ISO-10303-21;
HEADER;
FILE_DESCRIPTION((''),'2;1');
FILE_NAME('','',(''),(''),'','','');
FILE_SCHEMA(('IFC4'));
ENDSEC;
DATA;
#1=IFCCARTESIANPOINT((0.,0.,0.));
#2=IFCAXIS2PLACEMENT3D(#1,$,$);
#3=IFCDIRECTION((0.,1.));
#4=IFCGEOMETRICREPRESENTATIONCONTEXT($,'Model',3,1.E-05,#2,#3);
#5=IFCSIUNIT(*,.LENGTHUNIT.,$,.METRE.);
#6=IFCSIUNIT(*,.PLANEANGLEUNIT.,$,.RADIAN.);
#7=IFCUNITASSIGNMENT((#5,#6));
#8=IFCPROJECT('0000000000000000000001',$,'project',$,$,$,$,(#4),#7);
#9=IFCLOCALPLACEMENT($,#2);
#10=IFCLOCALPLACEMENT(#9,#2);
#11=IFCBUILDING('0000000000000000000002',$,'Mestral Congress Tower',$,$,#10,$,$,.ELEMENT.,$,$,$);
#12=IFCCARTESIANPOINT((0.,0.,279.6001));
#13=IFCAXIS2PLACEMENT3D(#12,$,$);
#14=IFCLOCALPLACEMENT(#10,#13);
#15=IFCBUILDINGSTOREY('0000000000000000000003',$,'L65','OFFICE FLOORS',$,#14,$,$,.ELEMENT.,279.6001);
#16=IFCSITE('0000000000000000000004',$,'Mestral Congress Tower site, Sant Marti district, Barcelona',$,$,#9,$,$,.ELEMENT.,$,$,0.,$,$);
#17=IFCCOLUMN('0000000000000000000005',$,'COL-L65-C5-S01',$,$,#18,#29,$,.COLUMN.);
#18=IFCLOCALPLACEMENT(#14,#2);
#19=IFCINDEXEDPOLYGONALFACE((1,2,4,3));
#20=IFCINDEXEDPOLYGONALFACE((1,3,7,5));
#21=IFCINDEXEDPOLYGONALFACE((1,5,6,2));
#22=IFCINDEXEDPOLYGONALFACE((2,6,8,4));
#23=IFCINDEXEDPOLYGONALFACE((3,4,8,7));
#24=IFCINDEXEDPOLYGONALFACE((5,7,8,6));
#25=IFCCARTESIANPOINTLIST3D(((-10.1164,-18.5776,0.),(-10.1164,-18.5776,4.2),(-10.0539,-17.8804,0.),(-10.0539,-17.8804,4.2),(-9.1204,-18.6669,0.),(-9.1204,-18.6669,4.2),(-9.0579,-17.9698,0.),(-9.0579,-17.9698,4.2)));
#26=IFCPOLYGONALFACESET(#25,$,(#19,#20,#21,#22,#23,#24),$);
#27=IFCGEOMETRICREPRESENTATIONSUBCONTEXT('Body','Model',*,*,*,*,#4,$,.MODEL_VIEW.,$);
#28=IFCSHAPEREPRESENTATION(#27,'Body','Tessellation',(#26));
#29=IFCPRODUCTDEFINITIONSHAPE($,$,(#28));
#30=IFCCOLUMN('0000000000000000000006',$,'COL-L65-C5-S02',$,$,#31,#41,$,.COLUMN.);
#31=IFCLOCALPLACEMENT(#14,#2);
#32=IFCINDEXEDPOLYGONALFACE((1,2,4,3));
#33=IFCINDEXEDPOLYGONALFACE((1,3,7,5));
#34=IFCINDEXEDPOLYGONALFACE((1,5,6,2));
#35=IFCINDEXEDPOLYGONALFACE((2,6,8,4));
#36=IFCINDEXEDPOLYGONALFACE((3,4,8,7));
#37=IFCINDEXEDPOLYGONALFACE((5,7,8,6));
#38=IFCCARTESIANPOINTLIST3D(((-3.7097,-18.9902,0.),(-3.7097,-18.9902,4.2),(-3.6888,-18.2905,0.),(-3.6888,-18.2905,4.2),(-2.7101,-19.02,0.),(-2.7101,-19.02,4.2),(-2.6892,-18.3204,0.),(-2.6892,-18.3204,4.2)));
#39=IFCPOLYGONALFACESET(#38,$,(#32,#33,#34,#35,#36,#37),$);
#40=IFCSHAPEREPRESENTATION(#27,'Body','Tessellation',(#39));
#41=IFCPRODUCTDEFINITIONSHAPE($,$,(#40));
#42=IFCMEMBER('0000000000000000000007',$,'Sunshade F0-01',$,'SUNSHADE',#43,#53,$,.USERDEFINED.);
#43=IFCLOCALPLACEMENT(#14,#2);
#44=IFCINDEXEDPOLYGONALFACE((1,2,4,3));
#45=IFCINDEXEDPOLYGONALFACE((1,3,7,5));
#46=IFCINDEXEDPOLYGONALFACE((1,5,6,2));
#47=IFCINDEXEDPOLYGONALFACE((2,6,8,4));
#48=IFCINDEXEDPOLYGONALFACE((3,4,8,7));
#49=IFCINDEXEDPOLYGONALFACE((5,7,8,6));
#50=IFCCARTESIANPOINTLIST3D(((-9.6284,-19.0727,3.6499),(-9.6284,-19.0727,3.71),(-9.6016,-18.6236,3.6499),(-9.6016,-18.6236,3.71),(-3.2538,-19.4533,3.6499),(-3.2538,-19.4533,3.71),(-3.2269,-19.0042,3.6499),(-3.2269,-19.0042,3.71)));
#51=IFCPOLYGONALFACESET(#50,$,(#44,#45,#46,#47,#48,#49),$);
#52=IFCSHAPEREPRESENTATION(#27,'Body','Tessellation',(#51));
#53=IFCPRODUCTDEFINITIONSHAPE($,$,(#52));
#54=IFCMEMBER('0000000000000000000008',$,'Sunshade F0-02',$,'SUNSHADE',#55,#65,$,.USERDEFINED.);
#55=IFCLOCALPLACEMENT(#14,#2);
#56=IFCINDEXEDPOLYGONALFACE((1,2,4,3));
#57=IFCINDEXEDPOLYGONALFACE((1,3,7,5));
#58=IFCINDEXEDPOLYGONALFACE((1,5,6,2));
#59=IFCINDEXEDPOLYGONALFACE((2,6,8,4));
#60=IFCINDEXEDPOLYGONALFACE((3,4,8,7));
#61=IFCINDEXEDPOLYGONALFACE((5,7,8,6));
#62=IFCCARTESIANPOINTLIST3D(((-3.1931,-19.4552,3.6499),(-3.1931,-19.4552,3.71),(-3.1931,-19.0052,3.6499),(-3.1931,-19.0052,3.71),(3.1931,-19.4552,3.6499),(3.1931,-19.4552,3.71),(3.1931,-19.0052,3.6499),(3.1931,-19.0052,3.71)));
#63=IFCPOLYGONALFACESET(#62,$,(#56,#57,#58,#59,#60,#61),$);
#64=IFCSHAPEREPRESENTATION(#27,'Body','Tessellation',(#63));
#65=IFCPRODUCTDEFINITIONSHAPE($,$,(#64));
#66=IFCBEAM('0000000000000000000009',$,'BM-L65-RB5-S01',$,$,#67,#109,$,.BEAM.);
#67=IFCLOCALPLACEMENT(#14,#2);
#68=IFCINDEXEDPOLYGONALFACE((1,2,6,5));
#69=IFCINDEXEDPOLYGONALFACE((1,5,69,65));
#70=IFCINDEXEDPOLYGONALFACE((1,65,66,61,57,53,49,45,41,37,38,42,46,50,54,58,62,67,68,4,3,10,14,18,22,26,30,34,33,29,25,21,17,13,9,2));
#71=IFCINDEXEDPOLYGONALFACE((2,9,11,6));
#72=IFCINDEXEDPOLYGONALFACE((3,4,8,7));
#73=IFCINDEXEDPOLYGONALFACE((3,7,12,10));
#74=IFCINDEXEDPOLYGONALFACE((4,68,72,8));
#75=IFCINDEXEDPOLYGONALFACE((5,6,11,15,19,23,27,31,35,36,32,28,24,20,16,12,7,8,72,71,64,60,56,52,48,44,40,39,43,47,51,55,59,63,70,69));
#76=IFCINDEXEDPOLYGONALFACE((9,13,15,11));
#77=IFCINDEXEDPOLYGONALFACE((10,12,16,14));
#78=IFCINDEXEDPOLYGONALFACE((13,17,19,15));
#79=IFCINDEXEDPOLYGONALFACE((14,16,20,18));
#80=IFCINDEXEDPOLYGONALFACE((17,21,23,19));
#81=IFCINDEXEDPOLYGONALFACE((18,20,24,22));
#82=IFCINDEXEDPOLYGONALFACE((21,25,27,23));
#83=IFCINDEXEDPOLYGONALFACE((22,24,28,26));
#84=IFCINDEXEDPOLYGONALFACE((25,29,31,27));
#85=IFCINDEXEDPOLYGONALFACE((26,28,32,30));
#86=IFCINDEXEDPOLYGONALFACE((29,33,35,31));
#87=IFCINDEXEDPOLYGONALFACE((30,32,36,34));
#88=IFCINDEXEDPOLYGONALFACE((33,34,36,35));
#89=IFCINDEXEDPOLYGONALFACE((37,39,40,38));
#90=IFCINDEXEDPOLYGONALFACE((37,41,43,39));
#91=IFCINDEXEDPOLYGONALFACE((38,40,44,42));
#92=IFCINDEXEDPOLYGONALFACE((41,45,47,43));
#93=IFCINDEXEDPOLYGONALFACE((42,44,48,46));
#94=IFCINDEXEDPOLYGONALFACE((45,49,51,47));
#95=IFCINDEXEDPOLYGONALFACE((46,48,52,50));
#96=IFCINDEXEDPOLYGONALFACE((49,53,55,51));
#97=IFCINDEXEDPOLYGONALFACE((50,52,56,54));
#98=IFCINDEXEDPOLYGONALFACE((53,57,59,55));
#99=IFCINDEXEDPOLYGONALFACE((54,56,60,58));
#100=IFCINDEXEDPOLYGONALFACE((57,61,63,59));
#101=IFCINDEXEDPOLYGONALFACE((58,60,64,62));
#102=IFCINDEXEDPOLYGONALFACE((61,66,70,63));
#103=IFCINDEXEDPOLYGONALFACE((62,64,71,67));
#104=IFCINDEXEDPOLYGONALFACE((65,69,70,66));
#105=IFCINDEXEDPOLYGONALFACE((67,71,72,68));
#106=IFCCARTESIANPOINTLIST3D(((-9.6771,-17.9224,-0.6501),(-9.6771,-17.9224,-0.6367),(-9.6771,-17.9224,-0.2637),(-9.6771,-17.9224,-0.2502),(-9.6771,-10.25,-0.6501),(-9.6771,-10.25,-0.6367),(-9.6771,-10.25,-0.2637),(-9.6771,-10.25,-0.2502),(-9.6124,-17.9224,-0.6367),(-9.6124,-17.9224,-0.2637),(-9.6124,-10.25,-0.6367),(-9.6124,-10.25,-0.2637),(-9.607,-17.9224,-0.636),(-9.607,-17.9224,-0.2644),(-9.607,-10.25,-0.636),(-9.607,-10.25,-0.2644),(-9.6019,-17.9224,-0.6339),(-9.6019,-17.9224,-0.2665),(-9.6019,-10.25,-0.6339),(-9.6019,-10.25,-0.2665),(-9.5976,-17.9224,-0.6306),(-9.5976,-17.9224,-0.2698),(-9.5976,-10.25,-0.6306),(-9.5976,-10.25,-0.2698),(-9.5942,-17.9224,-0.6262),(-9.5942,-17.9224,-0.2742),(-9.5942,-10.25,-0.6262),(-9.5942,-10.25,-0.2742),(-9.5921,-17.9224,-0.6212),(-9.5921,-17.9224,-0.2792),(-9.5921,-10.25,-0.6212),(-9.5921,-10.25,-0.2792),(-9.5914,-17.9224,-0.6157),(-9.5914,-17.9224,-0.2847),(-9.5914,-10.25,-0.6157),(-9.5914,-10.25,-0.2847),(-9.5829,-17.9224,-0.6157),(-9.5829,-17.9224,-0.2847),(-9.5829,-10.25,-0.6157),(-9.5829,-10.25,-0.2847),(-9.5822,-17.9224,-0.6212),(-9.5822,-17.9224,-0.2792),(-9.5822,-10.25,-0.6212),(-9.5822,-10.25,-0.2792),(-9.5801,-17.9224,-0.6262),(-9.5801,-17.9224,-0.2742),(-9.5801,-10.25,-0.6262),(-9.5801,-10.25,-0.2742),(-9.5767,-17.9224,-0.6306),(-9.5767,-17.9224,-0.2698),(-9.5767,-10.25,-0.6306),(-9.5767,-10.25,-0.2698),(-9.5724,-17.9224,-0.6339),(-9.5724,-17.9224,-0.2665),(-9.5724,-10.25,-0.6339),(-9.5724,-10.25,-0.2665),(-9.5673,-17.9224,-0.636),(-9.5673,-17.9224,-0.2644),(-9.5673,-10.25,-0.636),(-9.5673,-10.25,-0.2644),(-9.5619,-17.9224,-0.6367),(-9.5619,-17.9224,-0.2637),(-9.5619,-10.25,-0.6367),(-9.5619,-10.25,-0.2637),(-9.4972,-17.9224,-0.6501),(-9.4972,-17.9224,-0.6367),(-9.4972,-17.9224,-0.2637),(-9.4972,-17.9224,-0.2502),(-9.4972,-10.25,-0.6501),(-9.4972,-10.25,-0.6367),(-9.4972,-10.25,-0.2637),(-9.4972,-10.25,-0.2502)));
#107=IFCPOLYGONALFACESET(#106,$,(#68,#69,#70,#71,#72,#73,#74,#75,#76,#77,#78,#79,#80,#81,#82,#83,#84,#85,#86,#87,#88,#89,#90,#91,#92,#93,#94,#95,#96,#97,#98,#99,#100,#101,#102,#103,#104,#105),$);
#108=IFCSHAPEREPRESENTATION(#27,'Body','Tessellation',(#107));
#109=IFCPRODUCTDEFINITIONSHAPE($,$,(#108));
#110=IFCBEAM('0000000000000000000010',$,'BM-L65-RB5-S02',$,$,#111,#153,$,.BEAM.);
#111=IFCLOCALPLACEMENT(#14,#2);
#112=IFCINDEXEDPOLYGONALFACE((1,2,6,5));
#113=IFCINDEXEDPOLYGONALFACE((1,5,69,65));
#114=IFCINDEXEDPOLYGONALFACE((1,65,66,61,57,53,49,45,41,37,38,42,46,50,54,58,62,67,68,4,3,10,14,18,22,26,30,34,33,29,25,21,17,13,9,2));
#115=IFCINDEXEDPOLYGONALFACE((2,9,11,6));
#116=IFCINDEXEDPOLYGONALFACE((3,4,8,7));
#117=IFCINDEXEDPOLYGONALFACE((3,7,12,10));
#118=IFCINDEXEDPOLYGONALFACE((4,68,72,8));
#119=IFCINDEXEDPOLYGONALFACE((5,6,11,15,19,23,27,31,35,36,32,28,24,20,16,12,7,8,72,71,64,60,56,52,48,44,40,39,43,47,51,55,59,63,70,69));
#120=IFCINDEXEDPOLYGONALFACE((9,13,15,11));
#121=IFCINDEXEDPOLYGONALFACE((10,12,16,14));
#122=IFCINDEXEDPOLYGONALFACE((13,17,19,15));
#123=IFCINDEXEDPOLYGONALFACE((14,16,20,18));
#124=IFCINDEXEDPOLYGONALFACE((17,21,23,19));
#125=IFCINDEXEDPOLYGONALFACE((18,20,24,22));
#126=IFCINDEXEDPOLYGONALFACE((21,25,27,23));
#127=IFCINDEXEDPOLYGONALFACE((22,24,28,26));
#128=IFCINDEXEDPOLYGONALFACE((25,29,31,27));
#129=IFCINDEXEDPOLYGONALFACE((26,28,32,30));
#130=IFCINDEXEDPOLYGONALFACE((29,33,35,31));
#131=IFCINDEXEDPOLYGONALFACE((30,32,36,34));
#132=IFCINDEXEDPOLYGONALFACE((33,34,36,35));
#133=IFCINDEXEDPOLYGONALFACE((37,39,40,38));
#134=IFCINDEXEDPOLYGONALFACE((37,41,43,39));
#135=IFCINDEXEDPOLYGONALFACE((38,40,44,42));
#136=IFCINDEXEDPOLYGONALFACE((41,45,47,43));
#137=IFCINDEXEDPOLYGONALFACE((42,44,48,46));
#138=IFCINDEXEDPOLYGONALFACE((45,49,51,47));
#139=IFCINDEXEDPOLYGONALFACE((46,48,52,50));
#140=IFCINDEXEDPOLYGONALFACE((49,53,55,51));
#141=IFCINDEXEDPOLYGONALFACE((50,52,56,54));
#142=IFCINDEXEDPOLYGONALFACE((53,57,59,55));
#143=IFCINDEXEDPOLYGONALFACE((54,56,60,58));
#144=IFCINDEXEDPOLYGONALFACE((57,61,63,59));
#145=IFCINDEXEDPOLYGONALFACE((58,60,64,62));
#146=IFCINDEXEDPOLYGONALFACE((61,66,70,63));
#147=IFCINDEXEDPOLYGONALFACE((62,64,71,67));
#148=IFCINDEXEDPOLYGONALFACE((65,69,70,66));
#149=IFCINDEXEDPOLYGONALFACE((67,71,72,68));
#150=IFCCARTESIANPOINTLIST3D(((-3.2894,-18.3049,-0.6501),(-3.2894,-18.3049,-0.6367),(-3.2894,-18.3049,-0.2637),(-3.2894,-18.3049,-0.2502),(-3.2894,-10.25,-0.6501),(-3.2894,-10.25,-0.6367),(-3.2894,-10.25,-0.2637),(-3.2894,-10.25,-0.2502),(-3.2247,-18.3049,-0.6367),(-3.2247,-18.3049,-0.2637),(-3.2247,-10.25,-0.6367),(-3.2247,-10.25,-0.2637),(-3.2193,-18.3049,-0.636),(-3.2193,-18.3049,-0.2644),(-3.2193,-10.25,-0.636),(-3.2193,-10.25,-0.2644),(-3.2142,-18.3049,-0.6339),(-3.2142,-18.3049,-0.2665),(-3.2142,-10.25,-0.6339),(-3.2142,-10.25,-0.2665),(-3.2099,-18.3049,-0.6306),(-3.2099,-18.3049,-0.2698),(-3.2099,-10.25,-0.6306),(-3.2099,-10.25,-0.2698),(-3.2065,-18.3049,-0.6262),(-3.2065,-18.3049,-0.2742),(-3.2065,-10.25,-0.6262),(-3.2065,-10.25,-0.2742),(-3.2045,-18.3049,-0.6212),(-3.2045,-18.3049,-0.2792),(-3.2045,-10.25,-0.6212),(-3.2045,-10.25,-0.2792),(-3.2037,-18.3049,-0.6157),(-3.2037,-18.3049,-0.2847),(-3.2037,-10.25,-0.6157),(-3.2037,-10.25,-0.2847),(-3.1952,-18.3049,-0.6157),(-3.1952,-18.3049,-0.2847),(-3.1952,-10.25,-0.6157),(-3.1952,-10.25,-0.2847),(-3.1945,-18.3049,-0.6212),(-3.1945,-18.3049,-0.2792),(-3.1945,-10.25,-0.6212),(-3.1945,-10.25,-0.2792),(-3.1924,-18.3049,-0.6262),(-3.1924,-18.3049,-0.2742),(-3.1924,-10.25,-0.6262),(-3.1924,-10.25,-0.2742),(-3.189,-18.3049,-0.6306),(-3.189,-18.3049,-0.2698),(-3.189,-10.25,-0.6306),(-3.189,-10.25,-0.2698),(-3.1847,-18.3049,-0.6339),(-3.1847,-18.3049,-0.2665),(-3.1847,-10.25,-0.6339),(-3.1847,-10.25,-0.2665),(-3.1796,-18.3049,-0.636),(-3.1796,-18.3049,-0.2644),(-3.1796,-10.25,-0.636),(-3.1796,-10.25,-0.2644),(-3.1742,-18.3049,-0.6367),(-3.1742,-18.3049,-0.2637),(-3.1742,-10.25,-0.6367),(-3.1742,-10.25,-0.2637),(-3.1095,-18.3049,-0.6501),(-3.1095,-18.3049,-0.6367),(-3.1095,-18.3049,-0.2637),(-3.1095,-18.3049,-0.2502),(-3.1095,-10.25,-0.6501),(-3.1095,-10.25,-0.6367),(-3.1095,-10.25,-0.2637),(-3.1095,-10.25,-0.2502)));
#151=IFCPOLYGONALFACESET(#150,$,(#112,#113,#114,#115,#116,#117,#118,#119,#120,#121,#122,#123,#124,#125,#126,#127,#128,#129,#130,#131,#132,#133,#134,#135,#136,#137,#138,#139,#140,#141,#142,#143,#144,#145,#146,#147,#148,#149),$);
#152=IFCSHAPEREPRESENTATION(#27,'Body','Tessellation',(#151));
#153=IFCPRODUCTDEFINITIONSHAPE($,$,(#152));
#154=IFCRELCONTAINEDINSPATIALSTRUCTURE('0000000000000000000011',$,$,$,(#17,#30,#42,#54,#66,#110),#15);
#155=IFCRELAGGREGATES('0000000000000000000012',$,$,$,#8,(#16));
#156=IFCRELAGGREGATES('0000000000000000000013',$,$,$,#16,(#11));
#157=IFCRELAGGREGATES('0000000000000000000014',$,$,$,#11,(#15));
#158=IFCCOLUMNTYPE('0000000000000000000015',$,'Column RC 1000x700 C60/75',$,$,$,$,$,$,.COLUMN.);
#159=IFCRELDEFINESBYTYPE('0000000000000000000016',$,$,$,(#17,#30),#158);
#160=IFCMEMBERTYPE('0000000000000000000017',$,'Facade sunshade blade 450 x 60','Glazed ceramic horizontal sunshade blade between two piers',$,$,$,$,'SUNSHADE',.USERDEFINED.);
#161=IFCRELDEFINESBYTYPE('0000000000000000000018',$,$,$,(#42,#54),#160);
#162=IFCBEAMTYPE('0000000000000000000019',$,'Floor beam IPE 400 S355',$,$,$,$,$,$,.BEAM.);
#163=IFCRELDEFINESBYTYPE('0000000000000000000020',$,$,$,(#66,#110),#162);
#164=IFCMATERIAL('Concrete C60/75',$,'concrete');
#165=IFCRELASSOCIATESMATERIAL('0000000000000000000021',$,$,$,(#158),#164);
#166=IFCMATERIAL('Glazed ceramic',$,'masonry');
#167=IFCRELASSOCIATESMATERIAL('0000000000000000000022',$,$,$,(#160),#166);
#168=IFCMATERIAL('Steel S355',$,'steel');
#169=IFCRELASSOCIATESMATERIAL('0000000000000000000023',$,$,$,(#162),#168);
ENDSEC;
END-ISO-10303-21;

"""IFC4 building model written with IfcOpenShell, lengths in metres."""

from ifc_helpers import new_model, si_unit, direction, frame, origin, origin_2d, place, context, subcontext, project, spatial, rectangle, i_section, extrude, material, material_profile, profile_set, type_object, element, save


model = new_model("IFC4")

# Units and contexts
model_context = context("Model", 3, precision=1e-05, world=origin(), true_north=direction((0.0, 1.0)))
body_context = subcontext(model_context, "Body", "Model", "MODEL_VIEW")
ifc_project = project(units=[si_unit("LENGTHUNIT", "METRE"), si_unit("PLANEANGLEUNIT", "RADIAN")], contexts=[model_context])

# Site, building, storey
site_placement = place(None, origin())
site = spatial("IfcSite", under=ifc_project, at=site_placement, Name="Mestral Congress Tower site, Sant Marti district, Barcelona", CompositionType="ELEMENT", RefElevation=0.0)
building_placement = place(site_placement, origin())
building = spatial("IfcBuilding", under=site, at=building_placement, Name="Mestral Congress Tower", CompositionType="ELEMENT")
storey_placement = place(building_placement, frame((0.0, 0.0, 279.6001)))
storey = spatial("IfcBuildingStorey", under=building, at=storey_placement, Name="L65", Description="OFFICE FLOORS", CompositionType="ELEMENT", Elevation=279.6001)

# Columns
ifc_material_1 = material(Name="Concrete C60/75", Category="concrete")
ifc_material_profile_1 = material_profile(ifc_material_1, rectangle(XDim=1.0, YDim=0.7, at=origin_2d()), Name="RC 1000x700")
ifc_profile_set_1 = profile_set([ifc_material_profile_1], Name="Concrete C60/75")
column_type = type_object("IfcColumnType", Name="Column RC 1000x700 C60/75", PredefinedType="COLUMN", material=ifc_profile_set_1)
for number, where, z_axis, x_axis, name in (
    (1, (-9.5872, -18.2737, 0.0), (0.0, 0.0, 1.0), (0.995998, -0.089378, 0.0), "COL-L65-C5-S01"),
    (2, (-3.1995, -18.6553, 0.0), (0.0, 0.0, 1.0), (0.999555, -0.029828, 0.0), "COL-L65-C5-S02"),
):
    element("IfcColumn", number, at=place(storey_placement, frame(where, z_axis=z_axis, x_axis=x_axis)), inside=storey, type_object=column_type, Name=name, PredefinedType="COLUMN", context=body_context, shape_type="SweptSolid", body=[
        extrude(rectangle(XDim=1.0, YDim=0.7, at=origin_2d()), origin(), (0.0, 0.0, 1.0), 4.2),
    ])

# Members
ifc_material_2 = material(Name="Glazed ceramic", Category="masonry")
ifc_material_profile_2 = material_profile(ifc_material_2, rectangle(XDim=0.45, YDim=0.0601, at=origin_2d()), Name="Ceramic blade 450 x 60")
ifc_profile_set_2 = profile_set([ifc_material_profile_2], Name="Glazed ceramic")
member_type = type_object("IfcMemberType", Name="Facade sunshade blade 450 x 60", Description="Glazed ceramic horizontal sunshade blade between two piers", ElementType="SUNSHADE", PredefinedType="USERDEFINED", material=ifc_profile_set_2)
member_1_placement = place(storey_placement, frame((-9.615, -18.8481, 3.6799), z_axis=(0.998222, -0.059603, 0.0), x_axis=(0.059603, 0.998222, 0.0)))
element("IfcMember", 3, at=member_1_placement, inside=storey, type_object=member_type, Name="Sunshade F0-01", ObjectType="SUNSHADE", PredefinedType="USERDEFINED", context=body_context, shape_type="SweptSolid", body=[
    extrude(rectangle(XDim=0.45, YDim=0.0601, at=origin_2d()), origin(), (0.0, 0.0, 1.0), 6.386),
])
member_2_placement = place(storey_placement, frame((-3.1931, -19.2302, 3.6799), z_axis=(1.0, 0.0, 0.0), x_axis=(0.0, 1.0, 0.0)))
element("IfcMember", 4, at=member_2_placement, inside=storey, type_object=member_type, Name="Sunshade F0-02", ObjectType="SUNSHADE", PredefinedType="USERDEFINED", context=body_context, shape_type="SweptSolid", body=[
    extrude(rectangle(XDim=0.45, YDim=0.0601, at=origin_2d()), origin(), (0.0, 0.0, 1.0), 6.3862),
])

# Beams
ifc_material_3 = material(Name="Steel S355", Category="steel")
ifc_material_profile_3 = material_profile(ifc_material_3, i_section(OverallWidth=0.1799, OverallDepth=0.3999, WebThickness=0.0085, FlangeThickness=0.0134, FilletRadius=0.021, at=origin_2d()), Name="IPE 400")
ifc_profile_set_3 = profile_set([ifc_material_profile_3], Name="Steel S355")
beam_type_1 = type_object("IfcBeamType", Name="Floor beam IPE 400 S355", PredefinedType="BEAM", material=ifc_profile_set_3)
beam_1_placement = place(storey_placement, frame((-9.5872, -17.9224, -0.4502), z_axis=(0.0, 1.0, 0.0), x_axis=(-1.0, 0.0, 0.0)))
element("IfcBeam", 5, at=beam_1_placement, inside=storey, type_object=beam_type_1, Name="BM-L65-RB5-S01", PredefinedType="BEAM", context=body_context, shape_type="SweptSolid", body=[
    extrude(i_section(OverallWidth=0.1799, OverallDepth=0.3999, WebThickness=0.0085, FlangeThickness=0.0134, FilletRadius=0.021, at=origin_2d()), origin(), (0.0, 0.0, 1.0), 7.6724),
])
beam_2_placement = place(storey_placement, frame((-3.1995, -18.3049, -0.4502), z_axis=(0.0, 1.0, 0.0), x_axis=(-1.0, 0.0, 0.0)))
element("IfcBeam", 6, at=beam_2_placement, inside=storey, type_object=beam_type_1, Name="BM-L65-RB5-S02", PredefinedType="BEAM", context=body_context, shape_type="SweptSolid", body=[
    extrude(i_section(OverallWidth=0.1799, OverallDepth=0.3999, WebThickness=0.0085, FlangeThickness=0.0134, FilletRadius=0.021, at=origin_2d()), origin(), (0.0, 0.0, 1.0), 8.0549),
])

save(model, "model.ifc")
